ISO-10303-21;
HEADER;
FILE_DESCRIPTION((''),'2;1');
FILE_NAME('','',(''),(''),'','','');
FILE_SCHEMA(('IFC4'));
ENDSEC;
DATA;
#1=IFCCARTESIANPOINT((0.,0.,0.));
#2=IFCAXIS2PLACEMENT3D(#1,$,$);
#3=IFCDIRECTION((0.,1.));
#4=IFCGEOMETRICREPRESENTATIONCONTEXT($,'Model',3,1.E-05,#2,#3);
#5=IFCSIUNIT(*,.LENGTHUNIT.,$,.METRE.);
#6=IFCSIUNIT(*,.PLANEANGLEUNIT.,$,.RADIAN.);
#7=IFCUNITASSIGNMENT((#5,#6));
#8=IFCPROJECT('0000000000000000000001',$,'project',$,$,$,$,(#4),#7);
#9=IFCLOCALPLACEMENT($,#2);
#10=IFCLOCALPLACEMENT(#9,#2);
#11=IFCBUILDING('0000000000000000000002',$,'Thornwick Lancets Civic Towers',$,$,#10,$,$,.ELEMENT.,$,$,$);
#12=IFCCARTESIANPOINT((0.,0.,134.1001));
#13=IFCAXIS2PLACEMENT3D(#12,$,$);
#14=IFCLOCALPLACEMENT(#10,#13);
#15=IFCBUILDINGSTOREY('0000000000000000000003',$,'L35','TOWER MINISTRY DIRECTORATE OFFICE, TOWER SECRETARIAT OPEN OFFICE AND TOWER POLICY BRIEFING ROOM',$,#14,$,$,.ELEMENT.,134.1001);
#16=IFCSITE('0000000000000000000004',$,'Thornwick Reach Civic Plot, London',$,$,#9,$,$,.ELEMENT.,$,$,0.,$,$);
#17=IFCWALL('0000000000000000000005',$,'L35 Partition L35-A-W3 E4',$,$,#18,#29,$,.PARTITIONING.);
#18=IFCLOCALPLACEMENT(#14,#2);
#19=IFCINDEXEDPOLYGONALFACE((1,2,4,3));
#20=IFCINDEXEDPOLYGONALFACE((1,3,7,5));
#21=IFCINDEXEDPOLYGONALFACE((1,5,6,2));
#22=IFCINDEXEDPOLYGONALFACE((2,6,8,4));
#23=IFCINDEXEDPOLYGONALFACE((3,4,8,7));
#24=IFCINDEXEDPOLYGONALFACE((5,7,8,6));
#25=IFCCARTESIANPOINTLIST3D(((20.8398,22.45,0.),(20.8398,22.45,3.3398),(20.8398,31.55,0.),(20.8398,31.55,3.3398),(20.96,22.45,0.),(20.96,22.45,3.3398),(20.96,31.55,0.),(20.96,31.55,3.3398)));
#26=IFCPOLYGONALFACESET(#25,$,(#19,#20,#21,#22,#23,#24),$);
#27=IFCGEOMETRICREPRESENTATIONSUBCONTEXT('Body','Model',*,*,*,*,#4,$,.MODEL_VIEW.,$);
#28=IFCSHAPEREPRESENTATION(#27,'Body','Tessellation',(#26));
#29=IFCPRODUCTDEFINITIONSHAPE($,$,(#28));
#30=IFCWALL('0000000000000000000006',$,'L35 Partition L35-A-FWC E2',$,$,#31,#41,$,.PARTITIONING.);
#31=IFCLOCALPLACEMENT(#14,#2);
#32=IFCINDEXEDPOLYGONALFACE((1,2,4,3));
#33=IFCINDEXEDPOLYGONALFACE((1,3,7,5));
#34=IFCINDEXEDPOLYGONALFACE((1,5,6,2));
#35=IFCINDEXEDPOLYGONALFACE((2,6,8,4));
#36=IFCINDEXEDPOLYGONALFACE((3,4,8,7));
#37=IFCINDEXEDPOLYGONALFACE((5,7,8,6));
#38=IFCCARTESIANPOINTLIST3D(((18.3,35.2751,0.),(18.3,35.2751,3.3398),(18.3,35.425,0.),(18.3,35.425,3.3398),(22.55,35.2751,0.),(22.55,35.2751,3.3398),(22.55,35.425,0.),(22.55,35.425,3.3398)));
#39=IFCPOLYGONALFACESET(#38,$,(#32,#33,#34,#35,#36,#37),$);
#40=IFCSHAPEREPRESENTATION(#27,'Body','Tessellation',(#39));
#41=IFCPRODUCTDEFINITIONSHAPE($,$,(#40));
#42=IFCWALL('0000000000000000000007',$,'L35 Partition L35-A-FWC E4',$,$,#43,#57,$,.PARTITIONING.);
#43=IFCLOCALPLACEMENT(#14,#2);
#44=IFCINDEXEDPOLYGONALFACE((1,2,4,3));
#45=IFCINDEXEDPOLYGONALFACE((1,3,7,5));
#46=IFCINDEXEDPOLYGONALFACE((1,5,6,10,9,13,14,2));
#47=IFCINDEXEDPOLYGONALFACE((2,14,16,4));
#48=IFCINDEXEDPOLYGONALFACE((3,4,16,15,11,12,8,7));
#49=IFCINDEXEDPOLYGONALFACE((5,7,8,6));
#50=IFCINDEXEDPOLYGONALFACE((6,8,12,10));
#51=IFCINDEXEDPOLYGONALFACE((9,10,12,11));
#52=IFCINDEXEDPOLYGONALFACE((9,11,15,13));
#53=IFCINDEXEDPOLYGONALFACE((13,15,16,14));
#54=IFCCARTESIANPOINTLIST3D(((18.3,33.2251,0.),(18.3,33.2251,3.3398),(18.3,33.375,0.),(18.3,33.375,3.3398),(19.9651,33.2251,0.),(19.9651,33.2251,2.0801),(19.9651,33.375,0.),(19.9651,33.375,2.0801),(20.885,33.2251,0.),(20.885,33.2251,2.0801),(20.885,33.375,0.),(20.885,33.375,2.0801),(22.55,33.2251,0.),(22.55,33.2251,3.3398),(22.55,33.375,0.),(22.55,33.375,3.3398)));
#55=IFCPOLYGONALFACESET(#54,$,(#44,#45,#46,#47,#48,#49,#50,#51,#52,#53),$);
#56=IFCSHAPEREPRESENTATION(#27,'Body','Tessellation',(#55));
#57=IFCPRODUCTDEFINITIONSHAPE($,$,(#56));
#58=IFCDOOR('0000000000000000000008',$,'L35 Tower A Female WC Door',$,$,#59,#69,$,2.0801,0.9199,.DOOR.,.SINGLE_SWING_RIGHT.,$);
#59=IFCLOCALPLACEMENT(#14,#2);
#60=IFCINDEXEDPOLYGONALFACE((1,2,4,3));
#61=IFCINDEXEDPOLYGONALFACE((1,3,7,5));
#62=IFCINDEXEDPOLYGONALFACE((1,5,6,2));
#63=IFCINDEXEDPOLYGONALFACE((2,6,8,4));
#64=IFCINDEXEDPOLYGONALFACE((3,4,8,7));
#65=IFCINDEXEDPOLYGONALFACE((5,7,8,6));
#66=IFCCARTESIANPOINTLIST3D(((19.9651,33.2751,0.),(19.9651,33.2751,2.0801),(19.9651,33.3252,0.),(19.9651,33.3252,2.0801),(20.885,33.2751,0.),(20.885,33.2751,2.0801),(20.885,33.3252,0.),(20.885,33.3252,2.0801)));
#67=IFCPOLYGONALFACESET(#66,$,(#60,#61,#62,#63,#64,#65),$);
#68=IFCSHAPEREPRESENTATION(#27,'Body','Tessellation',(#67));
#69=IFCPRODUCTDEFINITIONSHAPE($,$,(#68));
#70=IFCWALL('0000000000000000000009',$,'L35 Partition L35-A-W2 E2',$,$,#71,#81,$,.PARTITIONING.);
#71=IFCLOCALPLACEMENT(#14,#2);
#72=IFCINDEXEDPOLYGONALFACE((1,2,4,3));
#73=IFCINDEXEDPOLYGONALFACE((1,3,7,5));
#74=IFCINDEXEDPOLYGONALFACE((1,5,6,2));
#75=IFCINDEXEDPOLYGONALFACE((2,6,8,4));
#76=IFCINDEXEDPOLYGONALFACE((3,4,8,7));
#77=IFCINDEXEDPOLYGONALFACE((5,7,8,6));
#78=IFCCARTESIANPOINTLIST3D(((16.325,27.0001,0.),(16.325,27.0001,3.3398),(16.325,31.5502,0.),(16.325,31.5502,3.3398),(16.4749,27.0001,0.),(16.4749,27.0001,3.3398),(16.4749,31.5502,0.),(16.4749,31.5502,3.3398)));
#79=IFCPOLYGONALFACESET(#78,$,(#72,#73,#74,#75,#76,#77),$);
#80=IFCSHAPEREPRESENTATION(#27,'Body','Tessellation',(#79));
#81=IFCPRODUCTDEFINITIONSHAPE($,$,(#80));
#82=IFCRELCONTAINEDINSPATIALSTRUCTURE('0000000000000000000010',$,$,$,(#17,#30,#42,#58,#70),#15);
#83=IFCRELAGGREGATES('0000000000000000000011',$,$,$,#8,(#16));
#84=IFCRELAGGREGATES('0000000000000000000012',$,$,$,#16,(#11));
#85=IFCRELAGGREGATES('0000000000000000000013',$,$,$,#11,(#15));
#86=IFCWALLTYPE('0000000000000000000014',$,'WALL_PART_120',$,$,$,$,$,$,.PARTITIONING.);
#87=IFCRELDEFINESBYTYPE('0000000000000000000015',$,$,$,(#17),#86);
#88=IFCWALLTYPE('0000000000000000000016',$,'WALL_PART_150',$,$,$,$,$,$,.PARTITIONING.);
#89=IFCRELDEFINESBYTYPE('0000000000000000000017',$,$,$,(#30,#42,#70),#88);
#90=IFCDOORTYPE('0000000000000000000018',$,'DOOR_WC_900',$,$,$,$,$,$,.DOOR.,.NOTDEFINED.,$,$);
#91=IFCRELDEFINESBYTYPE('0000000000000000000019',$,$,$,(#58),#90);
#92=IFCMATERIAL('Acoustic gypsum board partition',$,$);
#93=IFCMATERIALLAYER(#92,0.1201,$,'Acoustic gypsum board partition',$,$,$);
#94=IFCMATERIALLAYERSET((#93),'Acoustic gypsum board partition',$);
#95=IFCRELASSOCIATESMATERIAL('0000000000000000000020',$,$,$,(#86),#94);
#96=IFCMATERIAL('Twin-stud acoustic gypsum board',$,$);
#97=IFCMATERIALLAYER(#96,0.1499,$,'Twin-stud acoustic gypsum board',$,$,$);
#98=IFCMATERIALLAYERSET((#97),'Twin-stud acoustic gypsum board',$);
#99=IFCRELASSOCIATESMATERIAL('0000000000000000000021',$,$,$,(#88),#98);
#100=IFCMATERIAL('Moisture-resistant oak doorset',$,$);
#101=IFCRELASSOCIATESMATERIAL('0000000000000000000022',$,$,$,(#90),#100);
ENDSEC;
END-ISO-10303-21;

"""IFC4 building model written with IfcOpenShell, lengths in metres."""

from ifc_helpers import new_model, si_unit, direction, frame, frame_2d, origin, place, context, subcontext, project, spatial, rectangle, extrude, material, layer, layer_set, type_object, element, fill, save


model = new_model("IFC4")

# Units and contexts
model_context = context("Model", 3, precision=1e-05, world=origin(), true_north=direction((0.0, 1.0)))
body_context = subcontext(model_context, "Body", "Model", "MODEL_VIEW")
ifc_project = project(units=[si_unit("LENGTHUNIT", "METRE"), si_unit("PLANEANGLEUNIT", "RADIAN")], contexts=[model_context])

# Site, building, storey
site_placement = place(None, origin())
site = spatial("IfcSite", under=ifc_project, at=site_placement, Name="Thornwick Reach Civic Plot, London", CompositionType="ELEMENT", RefElevation=0.0)
building_placement = place(site_placement, origin())
building = spatial("IfcBuilding", under=site, at=building_placement, Name="Thornwick Lancets Civic Towers", CompositionType="ELEMENT")
storey_placement = place(building_placement, frame((0.0, 0.0, 134.1001)))
storey = spatial("IfcBuildingStorey", under=building, at=storey_placement, Name="L35", Description="TOWER MINISTRY DIRECTORATE OFFICE, TOWER SECRETARIAT OPEN OFFICE AND TOWER POLICY BRIEFING ROOM", CompositionType="ELEMENT", Elevation=134.1001)

# Shared definitions
ifc_material_1 = material(Name="Acoustic gypsum board partition")
ifc_layer_1 = layer(ifc_material_1, 0.1201, Name="Acoustic gypsum board partition")
ifc_layer_set_1 = layer_set([ifc_layer_1], Name="Acoustic gypsum board partition")
wall_type_1 = type_object("IfcWallType", Name="WALL_PART_120", PredefinedType="PARTITIONING", material=ifc_layer_set_1)

# Walls
wall_1_placement = place(storey_placement, frame((20.8999, 31.55, 0.0), z_axis=(0.0, 0.0, 1.0), x_axis=(0.0, -1.0, 0.0)))
element("IfcWall", 1, at=wall_1_placement, inside=storey, type_object=wall_type_1, Name="L35 Partition L35-A-W3 E4", PredefinedType="PARTITIONING", context=body_context, shape_type="SweptSolid", body=[
    extrude(rectangle(XDim=9.1001, YDim=0.1201, at=frame_2d((4.55, 0.0))), origin(), (0.0, 0.0, 1.0), 3.3398),
])
ifc_material_2 = material(Name="Twin-stud acoustic gypsum board")
ifc_layer_2 = layer(ifc_material_2, 0.1499, Name="Twin-stud acoustic gypsum board")
ifc_layer_set_2 = layer_set([ifc_layer_2], Name="Twin-stud acoustic gypsum board")
wall_type_2 = type_object("IfcWallType", Name="WALL_PART_150", PredefinedType="PARTITIONING", material=ifc_layer_set_2)
wall_2_placement = place(storey_placement, frame((18.3, 35.3501, 0.0), z_axis=(0.0, 0.0, 1.0), x_axis=(1.0, 0.0, 0.0)))
element("IfcWall", 2, at=wall_2_placement, inside=storey, type_object=wall_type_2, Name="L35 Partition L35-A-FWC E2", PredefinedType="PARTITIONING", context=body_context, shape_type="SweptSolid", body=[
    extrude(rectangle(XDim=4.25, YDim=0.1499, at=frame_2d((2.125, 0.0))), origin(), (0.0, 0.0, 1.0), 3.3398),
])

# Wall, opening, door
wall_3_placement = place(storey_placement, frame((22.55, 33.3, 0.0), z_axis=(0.0, 0.0, 1.0), x_axis=(-1.0, 0.0, 0.0)))
wall_3 = element("IfcWall", 3, at=wall_3_placement, inside=storey, type_object=wall_type_2, Name="L35 Partition L35-A-FWC E4", PredefinedType="PARTITIONING", context=body_context, shape_type="SweptSolid", body=[
    extrude(rectangle(XDim=4.25, YDim=0.1499, at=frame_2d((2.125, 0.0))), origin(), (0.0, 0.0, 1.0), 3.3398),
])
opening_1_placement = place(wall_3_placement, frame((1.665, 0.0, 0.0)))
opening_1 = element("IfcOpeningElement", 4, at=opening_1_placement, cuts=wall_3, PredefinedType="OPENING", context=body_context, shape_type="SweptSolid", body=[
    extrude(rectangle(XDim=0.9199, YDim=2.0801, at=frame_2d((0.46, 1.04))), frame((0.0, 0.085, 0.0), z_axis=(0.0, -1.0, 0.0), x_axis=(1.0, 0.0, 0.0)), (0.0, 0.0, 1.0), 0.1699),
])
ifc_material_3 = material(Name="Moisture-resistant oak doorset")
door_type_1 = type_object("IfcDoorType", Name="DOOR_WC_900", OperationType="NOTDEFINED", PredefinedType="DOOR", material=ifc_material_3)
door_1_placement = place(opening_1_placement, origin())
door_1 = element("IfcDoor", 5, at=door_1_placement, inside=storey, type_object=door_type_1, Name="L35 Tower A Female WC Door", OperationType="SINGLE_SWING_RIGHT", OverallHeight=2.0801, OverallWidth=0.9199, PredefinedType="DOOR", context=body_context, shape_type="SweptSolid", body=[
    extrude(rectangle(XDim=0.9199, YDim=2.0801, at=frame_2d((0.46, 1.04))), frame((0.0, 0.0249, 0.0), z_axis=(0.0, -1.0, 0.0), x_axis=(1.0, 0.0, 0.0)), (0.0, 0.0, 1.0), 0.05),
])
fill(opening_1, door_1)

# Wall
wall_4_placement = place(storey_placement, frame((16.3999, 31.55, 0.0), z_axis=(0.0, 0.0, 1.0), x_axis=(0.0, -1.0, 0.0)))
element("IfcWall", 6, at=wall_4_placement, inside=storey, type_object=wall_type_2, Name="L35 Partition L35-A-W2 E2", PredefinedType="PARTITIONING", context=body_context, shape_type="SweptSolid", body=[
    extrude(rectangle(XDim=4.55, YDim=0.1499, at=frame_2d((2.2749, 0.0))), origin(), (0.0, 0.0, 1.0), 3.3398),
])

save(model, "model.ifc")
